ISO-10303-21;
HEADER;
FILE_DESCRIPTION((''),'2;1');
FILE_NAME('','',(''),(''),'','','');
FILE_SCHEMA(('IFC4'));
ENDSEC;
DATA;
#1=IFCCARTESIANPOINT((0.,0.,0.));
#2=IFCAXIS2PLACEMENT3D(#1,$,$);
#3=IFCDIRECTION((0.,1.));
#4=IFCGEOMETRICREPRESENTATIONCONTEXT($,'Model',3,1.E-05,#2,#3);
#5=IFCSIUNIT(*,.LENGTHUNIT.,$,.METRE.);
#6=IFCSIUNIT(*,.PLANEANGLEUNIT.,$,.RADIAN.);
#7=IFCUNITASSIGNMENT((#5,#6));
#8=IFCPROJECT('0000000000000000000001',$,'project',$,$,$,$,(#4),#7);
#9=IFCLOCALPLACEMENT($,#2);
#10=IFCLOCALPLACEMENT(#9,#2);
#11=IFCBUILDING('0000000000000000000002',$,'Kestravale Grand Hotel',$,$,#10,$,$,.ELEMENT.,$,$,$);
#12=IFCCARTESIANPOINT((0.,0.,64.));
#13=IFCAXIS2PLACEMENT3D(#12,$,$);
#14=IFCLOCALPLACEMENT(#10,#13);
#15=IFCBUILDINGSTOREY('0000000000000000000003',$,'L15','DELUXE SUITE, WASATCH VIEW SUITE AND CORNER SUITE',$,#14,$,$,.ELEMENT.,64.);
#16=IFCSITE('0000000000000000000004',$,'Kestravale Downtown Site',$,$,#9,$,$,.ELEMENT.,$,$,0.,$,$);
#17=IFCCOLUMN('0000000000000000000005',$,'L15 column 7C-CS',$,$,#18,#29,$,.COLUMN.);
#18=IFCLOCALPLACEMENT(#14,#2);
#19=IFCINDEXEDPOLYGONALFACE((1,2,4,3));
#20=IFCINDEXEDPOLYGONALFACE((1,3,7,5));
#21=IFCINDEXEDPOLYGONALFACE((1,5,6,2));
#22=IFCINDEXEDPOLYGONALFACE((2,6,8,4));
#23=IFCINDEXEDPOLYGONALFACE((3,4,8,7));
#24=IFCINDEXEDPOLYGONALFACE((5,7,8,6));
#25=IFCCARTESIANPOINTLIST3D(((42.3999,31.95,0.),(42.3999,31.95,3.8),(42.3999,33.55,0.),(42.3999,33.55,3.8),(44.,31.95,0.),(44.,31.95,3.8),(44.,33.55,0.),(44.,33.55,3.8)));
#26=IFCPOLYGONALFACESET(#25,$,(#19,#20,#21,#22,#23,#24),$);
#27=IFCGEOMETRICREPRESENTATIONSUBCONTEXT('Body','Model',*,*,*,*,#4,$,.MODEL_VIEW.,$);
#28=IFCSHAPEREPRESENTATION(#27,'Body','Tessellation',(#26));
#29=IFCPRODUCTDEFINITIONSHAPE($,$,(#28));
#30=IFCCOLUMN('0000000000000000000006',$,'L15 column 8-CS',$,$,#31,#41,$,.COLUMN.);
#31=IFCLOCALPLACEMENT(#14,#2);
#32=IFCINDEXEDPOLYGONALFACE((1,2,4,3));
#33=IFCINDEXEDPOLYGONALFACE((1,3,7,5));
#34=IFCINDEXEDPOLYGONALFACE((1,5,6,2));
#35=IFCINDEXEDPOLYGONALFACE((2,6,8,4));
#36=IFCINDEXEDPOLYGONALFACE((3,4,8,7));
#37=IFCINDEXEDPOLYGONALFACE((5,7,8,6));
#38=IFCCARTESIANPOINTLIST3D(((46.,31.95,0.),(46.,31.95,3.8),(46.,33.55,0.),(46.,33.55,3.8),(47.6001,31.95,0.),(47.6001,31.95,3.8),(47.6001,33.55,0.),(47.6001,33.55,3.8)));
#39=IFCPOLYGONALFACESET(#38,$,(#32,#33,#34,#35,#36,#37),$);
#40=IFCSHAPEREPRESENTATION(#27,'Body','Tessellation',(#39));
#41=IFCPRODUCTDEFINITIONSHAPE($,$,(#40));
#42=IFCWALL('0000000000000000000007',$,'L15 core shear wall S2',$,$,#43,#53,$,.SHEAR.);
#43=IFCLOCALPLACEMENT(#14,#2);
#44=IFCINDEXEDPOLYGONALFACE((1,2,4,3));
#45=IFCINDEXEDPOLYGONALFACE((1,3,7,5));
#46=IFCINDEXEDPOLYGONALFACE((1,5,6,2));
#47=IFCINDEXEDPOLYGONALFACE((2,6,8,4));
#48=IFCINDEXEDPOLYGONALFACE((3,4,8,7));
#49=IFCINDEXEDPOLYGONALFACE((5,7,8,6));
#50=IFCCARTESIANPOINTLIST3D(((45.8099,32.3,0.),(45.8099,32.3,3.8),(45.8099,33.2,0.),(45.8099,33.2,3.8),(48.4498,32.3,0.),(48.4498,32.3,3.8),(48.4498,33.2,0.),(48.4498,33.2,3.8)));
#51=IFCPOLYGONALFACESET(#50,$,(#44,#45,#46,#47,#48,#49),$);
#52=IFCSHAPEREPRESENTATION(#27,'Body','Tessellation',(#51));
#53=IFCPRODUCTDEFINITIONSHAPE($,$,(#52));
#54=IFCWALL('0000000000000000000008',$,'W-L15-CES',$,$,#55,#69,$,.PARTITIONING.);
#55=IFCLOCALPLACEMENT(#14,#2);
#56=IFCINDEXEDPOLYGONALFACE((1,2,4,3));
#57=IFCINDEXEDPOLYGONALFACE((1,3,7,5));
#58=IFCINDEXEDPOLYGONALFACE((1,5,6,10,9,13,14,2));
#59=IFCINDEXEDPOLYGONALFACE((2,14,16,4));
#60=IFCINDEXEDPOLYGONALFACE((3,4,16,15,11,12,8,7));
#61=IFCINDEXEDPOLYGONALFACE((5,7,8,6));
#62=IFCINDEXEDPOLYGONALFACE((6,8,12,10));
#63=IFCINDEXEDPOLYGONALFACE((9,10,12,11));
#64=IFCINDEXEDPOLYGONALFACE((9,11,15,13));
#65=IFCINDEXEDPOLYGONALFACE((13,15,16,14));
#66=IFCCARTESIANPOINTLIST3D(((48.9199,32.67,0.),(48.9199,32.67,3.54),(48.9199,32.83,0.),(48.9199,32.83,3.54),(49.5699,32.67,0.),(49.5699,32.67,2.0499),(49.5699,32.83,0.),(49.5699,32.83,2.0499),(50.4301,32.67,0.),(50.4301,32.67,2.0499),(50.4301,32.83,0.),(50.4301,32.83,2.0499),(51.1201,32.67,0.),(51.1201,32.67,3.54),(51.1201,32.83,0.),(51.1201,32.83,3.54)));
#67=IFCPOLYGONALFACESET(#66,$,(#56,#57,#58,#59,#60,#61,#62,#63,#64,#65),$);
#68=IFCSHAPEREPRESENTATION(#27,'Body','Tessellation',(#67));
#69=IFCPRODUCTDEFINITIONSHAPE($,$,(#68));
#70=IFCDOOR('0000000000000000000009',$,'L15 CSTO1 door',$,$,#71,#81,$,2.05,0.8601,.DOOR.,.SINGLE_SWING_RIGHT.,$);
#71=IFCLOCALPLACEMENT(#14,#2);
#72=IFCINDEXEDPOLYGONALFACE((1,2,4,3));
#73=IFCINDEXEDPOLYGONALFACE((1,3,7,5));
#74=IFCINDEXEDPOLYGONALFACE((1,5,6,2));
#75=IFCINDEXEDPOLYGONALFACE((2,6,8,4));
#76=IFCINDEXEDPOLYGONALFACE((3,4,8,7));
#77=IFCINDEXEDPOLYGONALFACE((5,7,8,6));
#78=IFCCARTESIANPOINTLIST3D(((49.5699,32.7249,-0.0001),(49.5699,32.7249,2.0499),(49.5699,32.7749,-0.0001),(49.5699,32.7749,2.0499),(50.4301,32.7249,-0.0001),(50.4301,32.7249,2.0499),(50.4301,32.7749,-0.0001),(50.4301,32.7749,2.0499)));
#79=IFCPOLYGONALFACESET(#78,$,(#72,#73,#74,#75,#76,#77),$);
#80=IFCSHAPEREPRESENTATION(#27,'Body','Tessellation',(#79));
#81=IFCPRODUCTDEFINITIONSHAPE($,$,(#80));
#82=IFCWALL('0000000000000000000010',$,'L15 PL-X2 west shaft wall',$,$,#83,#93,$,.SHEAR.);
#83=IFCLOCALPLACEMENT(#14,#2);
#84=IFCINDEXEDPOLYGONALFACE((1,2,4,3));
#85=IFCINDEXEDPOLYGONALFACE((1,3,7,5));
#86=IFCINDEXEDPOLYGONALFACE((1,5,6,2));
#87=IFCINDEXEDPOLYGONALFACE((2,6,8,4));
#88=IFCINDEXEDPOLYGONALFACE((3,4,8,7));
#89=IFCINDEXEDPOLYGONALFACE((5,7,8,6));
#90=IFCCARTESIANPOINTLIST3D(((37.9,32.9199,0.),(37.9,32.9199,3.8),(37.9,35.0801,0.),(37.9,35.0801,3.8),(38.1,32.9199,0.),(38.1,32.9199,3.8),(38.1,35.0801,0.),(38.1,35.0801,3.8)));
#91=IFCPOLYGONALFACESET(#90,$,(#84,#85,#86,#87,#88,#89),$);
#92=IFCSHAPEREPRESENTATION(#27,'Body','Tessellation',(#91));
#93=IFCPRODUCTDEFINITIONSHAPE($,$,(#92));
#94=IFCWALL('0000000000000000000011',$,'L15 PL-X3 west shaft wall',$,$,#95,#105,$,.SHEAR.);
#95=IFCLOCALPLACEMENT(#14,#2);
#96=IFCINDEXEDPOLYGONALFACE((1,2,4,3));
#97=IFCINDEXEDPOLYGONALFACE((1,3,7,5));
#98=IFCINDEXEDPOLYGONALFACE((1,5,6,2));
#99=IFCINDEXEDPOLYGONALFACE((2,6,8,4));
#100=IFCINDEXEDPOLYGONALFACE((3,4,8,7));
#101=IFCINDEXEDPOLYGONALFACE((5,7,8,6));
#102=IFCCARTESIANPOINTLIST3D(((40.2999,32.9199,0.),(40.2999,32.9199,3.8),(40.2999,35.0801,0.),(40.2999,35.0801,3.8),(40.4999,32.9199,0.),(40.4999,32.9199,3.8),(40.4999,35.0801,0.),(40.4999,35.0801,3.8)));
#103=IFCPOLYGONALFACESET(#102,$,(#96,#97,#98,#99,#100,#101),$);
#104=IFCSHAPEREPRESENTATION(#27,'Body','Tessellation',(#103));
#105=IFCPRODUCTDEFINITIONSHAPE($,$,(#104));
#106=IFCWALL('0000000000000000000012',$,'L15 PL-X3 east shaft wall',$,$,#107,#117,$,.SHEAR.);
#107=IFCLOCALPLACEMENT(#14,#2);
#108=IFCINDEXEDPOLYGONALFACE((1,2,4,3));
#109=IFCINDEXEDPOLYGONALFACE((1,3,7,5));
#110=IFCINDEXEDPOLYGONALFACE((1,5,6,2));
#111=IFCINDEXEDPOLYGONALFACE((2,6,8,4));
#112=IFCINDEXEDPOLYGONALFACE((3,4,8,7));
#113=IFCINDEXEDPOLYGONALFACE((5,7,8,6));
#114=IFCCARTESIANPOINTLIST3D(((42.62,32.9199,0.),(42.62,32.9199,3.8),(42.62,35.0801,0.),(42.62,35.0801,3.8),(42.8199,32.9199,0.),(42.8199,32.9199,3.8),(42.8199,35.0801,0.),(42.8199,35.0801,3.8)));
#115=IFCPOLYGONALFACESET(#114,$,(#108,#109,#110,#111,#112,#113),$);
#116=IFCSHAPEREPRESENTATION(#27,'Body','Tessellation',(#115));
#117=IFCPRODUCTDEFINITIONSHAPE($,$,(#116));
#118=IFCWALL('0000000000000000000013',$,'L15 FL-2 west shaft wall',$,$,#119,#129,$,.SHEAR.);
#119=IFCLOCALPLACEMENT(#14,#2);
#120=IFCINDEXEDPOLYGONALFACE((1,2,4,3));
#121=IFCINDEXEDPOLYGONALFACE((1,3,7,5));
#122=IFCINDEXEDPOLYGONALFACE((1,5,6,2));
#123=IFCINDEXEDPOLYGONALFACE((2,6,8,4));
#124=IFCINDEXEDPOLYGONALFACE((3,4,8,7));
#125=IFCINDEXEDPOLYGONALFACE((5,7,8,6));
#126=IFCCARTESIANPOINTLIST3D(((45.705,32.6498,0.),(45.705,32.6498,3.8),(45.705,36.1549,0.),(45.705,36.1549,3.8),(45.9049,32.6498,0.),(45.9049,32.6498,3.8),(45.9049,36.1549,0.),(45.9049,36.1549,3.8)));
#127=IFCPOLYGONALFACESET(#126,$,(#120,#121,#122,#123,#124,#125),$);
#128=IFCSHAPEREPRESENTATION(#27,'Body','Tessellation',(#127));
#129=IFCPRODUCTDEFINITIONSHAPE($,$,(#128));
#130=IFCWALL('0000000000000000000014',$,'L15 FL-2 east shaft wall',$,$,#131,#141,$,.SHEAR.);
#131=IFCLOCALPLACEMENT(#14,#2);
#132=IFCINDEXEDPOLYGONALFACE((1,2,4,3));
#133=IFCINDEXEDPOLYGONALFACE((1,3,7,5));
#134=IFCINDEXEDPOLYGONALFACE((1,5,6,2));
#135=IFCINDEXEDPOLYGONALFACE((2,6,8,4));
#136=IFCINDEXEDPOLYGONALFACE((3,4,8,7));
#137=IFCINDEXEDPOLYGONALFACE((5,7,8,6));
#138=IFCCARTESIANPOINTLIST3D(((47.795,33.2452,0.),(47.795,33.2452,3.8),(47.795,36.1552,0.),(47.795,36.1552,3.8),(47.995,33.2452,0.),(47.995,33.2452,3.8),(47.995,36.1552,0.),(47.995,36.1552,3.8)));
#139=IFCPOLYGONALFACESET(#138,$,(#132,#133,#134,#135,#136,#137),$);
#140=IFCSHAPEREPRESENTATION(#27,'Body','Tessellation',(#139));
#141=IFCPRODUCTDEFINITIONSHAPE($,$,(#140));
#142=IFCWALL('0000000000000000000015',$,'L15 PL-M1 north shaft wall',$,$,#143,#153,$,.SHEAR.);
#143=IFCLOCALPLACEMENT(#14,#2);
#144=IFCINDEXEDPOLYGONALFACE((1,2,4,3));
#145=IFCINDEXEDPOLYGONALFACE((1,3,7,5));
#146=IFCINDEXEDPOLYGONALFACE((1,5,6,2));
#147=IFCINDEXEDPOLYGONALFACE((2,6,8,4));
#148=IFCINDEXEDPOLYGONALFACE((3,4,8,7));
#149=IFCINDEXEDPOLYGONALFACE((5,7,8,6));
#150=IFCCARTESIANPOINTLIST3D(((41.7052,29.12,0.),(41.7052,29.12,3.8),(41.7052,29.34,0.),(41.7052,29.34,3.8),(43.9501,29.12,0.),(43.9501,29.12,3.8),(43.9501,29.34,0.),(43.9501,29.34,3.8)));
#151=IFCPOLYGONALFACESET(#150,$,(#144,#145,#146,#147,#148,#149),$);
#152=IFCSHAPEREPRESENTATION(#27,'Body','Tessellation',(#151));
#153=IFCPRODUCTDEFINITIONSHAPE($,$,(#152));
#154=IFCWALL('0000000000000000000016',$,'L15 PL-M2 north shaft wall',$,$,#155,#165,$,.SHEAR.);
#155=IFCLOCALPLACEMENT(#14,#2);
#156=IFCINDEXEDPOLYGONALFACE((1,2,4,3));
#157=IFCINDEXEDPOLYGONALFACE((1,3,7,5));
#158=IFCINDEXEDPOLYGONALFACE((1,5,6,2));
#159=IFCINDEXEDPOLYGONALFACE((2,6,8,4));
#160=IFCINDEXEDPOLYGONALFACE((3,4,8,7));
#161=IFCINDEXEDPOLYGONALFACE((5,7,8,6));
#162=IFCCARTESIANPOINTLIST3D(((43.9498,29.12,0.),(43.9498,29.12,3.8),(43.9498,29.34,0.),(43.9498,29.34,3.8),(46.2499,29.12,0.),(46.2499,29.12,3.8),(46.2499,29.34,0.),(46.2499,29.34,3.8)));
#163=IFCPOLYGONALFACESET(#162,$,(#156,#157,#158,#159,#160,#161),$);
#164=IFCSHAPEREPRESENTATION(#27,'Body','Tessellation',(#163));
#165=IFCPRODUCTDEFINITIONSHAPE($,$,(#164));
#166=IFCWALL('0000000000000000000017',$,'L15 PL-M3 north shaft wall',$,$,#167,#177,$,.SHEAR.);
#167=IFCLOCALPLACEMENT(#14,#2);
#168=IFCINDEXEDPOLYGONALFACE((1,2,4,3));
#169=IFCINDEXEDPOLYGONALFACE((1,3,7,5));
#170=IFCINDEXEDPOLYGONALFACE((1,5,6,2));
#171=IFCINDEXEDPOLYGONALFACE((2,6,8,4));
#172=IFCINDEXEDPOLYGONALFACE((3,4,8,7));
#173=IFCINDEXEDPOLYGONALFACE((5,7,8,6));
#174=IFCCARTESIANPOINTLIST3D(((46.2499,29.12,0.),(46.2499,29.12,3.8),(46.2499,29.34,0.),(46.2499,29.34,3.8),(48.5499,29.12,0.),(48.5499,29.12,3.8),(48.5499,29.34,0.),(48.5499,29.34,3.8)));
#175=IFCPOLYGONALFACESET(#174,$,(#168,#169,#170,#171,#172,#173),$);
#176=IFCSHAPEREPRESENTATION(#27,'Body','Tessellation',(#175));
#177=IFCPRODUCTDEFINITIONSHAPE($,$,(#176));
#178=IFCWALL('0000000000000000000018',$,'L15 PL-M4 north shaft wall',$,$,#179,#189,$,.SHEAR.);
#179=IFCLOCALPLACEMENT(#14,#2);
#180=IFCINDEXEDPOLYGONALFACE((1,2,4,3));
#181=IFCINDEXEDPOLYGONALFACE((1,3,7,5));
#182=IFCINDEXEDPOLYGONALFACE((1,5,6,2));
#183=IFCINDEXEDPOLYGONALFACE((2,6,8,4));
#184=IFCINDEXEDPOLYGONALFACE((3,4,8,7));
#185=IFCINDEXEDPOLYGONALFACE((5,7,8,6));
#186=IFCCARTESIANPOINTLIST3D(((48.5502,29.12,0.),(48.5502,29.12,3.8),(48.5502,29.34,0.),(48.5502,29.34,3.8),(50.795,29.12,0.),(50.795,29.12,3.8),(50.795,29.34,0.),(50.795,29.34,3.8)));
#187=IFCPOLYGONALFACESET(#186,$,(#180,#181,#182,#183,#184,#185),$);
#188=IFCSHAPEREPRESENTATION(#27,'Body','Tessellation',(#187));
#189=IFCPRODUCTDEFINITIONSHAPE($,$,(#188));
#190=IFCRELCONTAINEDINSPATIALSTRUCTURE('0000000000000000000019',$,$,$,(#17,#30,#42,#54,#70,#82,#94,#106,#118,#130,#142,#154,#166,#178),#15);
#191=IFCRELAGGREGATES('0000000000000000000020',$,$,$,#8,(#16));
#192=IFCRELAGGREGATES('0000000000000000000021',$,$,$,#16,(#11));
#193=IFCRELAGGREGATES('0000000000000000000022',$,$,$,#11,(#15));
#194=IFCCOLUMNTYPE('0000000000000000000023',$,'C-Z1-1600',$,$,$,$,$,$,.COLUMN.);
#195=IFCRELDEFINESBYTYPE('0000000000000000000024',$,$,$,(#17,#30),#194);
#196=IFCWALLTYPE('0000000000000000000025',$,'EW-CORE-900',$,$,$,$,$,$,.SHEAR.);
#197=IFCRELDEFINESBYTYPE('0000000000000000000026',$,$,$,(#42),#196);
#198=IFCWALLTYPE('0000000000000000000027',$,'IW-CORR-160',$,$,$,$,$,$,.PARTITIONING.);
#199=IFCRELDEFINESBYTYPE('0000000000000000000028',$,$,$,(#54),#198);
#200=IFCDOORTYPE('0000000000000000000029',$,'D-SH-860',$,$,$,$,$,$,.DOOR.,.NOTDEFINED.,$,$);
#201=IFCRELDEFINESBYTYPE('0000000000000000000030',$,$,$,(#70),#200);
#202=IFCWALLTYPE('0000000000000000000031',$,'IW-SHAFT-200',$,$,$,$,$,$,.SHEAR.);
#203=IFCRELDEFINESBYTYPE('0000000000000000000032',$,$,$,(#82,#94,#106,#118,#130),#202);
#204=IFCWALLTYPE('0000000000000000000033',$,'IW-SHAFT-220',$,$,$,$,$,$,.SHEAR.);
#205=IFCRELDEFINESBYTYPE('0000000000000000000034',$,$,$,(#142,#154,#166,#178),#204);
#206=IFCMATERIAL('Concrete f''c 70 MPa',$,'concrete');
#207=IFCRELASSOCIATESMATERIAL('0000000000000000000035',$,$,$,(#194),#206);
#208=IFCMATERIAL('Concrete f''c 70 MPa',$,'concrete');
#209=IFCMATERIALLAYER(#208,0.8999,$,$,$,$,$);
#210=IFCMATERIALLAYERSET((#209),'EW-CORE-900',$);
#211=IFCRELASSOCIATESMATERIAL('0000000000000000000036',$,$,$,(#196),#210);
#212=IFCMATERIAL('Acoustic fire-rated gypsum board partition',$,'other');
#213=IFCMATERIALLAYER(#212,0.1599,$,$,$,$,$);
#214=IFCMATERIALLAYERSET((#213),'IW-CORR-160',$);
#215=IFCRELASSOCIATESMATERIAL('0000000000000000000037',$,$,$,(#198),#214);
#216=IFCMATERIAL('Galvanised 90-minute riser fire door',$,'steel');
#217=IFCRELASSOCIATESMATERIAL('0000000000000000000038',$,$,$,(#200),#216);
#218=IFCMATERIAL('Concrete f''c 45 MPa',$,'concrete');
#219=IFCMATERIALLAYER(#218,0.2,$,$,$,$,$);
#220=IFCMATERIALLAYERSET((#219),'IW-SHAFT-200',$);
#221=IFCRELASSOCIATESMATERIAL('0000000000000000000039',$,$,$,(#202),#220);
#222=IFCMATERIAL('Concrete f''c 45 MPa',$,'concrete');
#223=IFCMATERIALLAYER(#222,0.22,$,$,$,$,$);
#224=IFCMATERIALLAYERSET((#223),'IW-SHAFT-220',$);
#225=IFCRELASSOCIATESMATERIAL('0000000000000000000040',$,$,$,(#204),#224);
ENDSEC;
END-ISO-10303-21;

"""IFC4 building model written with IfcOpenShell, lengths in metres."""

from ifc_helpers import new_model, si_unit, direction, frame, frame_2d, origin, origin_2d, place, context, subcontext, project, spatial, rectangle, extrude, material, layer, layer_set, material_profile, profile_set, type_object, element, fill, save


model = new_model("IFC4")

# Units and contexts
model_context = context("Model", 3, precision=1e-05, world=origin(), true_north=direction((0.0, 1.0)))
body_context = subcontext(model_context, "Body", "Model", "MODEL_VIEW")
ifc_project = project(units=[si_unit("LENGTHUNIT", "METRE"), si_unit("PLANEANGLEUNIT", "RADIAN")], contexts=[model_context])

# Site, building, storey
site_placement = place(None, origin())
site = spatial("IfcSite", under=ifc_project, at=site_placement, Name="Kestravale Downtown Site", CompositionType="ELEMENT", RefElevation=0.0)
building_placement = place(site_placement, origin())
building = spatial("IfcBuilding", under=site, at=building_placement, Name="Kestravale Grand Hotel", CompositionType="ELEMENT")
storey_placement = place(building_placement, frame((0.0, 0.0, 64.0)))
storey = spatial("IfcBuildingStorey", under=building, at=storey_placement, Name="L15", Description="DELUXE SUITE, WASATCH VIEW SUITE AND CORNER SUITE", CompositionType="ELEMENT", Elevation=64.0)

# Columns
ifc_material_1 = material(Name="Concrete f'c 70 MPa", Category="concrete")
ifc_material_profile = material_profile(ifc_material_1, rectangle(XDim=1.6001, YDim=1.6001, at=origin_2d()))
ifc_profile_set = profile_set([ifc_material_profile], Name="Concrete f'c 70 MPa")
column_type = type_object("IfcColumnType", Name="C-Z1-1600", PredefinedType="COLUMN", material=ifc_profile_set)
for number, where, z_axis, x_axis, name in (
    (1, (43.2, 32.75, 0.0), (0.0, 0.0, 1.0), (1.0, 0.0, 0.0), "L15 column 7C-CS"),
    (2, (46.8, 32.75, 0.0), (0.0, 0.0, 1.0), (1.0, 0.0, 0.0), "L15 column 8-CS"),
):
    element("IfcColumn", number, at=place(storey_placement, frame(where, z_axis=z_axis, x_axis=x_axis)), inside=storey, type_object=column_type, Name=name, PredefinedType="COLUMN", context=body_context, shape_type="SweptSolid", body=[
        extrude(rectangle(XDim=1.6001, YDim=1.6001, at=origin_2d()), origin(), (0.0, 0.0, 1.0), 3.8),
    ])

# Wall
ifc_material_2 = material(Name="Concrete f'c 70 MPa", Category="concrete")
ifc_layer_1 = layer(ifc_material_2, 0.8999)
ifc_layer_set_1 = layer_set([ifc_layer_1], Name="EW-CORE-900")
wall_type_1 = type_object("IfcWallType", Name="EW-CORE-900", PredefinedType="SHEAR", material=ifc_layer_set_1)
wall_1_placement = place(storey_placement, frame((45.8101, 32.75, 0.0), z_axis=(0.0, 0.0, 1.0), x_axis=(1.0, 0.0, 0.0)))
element("IfcWall", 3, at=wall_1_placement, inside=storey, type_object=wall_type_1, Name="L15 core shear wall S2", PredefinedType="SHEAR", context=body_context, shape_type="SweptSolid", body=[
    extrude(rectangle(XDim=2.6399, YDim=0.8999, at=frame_2d((1.3198, 0.0))), origin(), (0.0, 0.0, 1.0), 3.8),
])

# Wall, opening, door
ifc_material_3 = material(Name="Acoustic fire-rated gypsum board partition", Category="other")
ifc_layer_2 = layer(ifc_material_3, 0.1599)
ifc_layer_set_2 = layer_set([ifc_layer_2], Name="IW-CORR-160")
wall_type_2 = type_object("IfcWallType", Name="IW-CORR-160", PredefinedType="PARTITIONING", material=ifc_layer_set_2)
wall_2_placement = place(storey_placement, frame((48.9199, 32.75, 0.0), z_axis=(0.0, 0.0, 1.0), x_axis=(1.0, 0.0, 0.0)))
wall_2 = element("IfcWall", 4, at=wall_2_placement, inside=storey, type_object=wall_type_2, Name="W-L15-CES", PredefinedType="PARTITIONING", context=body_context, shape_type="SweptSolid", body=[
    extrude(rectangle(XDim=2.2002, YDim=0.1599, at=frame_2d((1.1001, 0.0))), origin(), (0.0, 0.0, 1.0), 3.54),
])
opening_1_placement = place(wall_2_placement, frame((0.6499, 0.0, 0.0)))
opening_1 = element("IfcOpeningElement", 5, at=opening_1_placement, cuts=wall_2, PredefinedType="OPENING", context=body_context, shape_type="SweptSolid", body=[
    extrude(rectangle(XDim=0.8601, YDim=2.05, at=frame_2d((0.4302, 1.0249))), frame((0.0, 0.0898, 0.0), z_axis=(0.0, -1.0, 0.0), x_axis=(1.0, 0.0, 0.0)), (0.0, 0.0, 1.0), 0.1799),
])
ifc_material_4 = material(Name="Galvanised 90-minute riser fire door", Category="steel")
door_type_1 = type_object("IfcDoorType", Name="D-SH-860", OperationType="NOTDEFINED", PredefinedType="DOOR", material=ifc_material_4)
door_1_placement = place(opening_1_placement, origin())
door_1 = element("IfcDoor", 6, at=door_1_placement, inside=storey, type_object=door_type_1, Name="L15 CSTO1 door", OperationType="SINGLE_SWING_RIGHT", OverallHeight=2.05, OverallWidth=0.8601, PredefinedType="DOOR", context=body_context, shape_type="SweptSolid", body=[
    extrude(rectangle(XDim=0.8601, YDim=2.05, at=frame_2d((0.4302, 1.0249))), frame((0.0, 0.0249, 0.0), z_axis=(0.0, -1.0, 0.0), x_axis=(1.0, 0.0, 0.0)), (0.0, 0.0, 1.0), 0.05),
])
fill(opening_1, door_1)

# Walls
ifc_material_5 = material(Name="Concrete f'c 45 MPa", Category="concrete")
ifc_layer_3 = layer(ifc_material_5, 0.2)
ifc_layer_set_3 = layer_set([ifc_layer_3], Name="IW-SHAFT-200")
wall_type_3 = type_object("IfcWallType", Name="IW-SHAFT-200", PredefinedType="SHEAR", material=ifc_layer_set_3)
for number, where, z_axis, x_axis, name in (
    (7, (38.0, 32.9199, 0.0), (0.0, 0.0, 1.0), (0.0, 1.0, 0.0), "L15 PL-X2 west shaft wall"),
    (8, (40.3999, 32.9199, 0.0), (0.0, 0.0, 1.0), (0.0, 1.0, 0.0), "L15 PL-X3 west shaft wall"),
    (9, (42.72, 32.9199, 0.0), (0.0, 0.0, 1.0), (0.0, 1.0, 0.0), "L15 PL-X3 east shaft wall"),
):
    element("IfcWall", number, at=place(storey_placement, frame(where, z_axis=z_axis, x_axis=x_axis)), inside=storey, type_object=wall_type_3, Name=name, PredefinedType="SHEAR", context=body_context, shape_type="SweptSolid", body=[
        extrude(rectangle(XDim=2.1602, YDim=0.2, at=frame_2d((1.0801, 0.0))), origin(), (0.0, 0.0, 1.0), 3.8),
    ])
wall_3_placement = place(storey_placement, frame((45.8049, 32.6499, 0.0), z_axis=(0.0, 0.0, 1.0), x_axis=(0.0, 1.0, 0.0)))
element("IfcWall", 10, at=wall_3_placement, inside=storey, type_object=wall_type_3, Name="L15 FL-2 west shaft wall", PredefinedType="SHEAR", context=body_context, shape_type="SweptSolid", body=[
    extrude(rectangle(XDim=3.5051, YDim=0.2, at=frame_2d((1.7524, 0.0))), origin(), (0.0, 0.0, 1.0), 3.8),
])
wall_4_placement = place(storey_placement, frame((47.895, 33.2451, 0.0), z_axis=(0.0, 0.0, 1.0), x_axis=(0.0, 1.0, 0.0)))
element("IfcWall", 11, at=wall_4_placement, inside=storey, type_object=wall_type_3, Name="L15 FL-2 east shaft wall", PredefinedType="SHEAR", context=body_context, shape_type="SweptSolid", body=[
    extrude(rectangle(XDim=2.9099, YDim=0.2, at=frame_2d((1.4551, 0.0))), origin(), (0.0, 0.0, 1.0), 3.8),
])
ifc_material_6 = material(Name="Concrete f'c 45 MPa", Category="concrete")
ifc_layer_4 = layer(ifc_material_6, 0.22)
ifc_layer_set_4 = layer_set([ifc_layer_4], Name="IW-SHAFT-220")
wall_type_4 = type_object("IfcWallType", Name="IW-SHAFT-220", PredefinedType="SHEAR", material=ifc_layer_set_4)
wall_5_placement = place(storey_placement, frame((41.7051, 29.23, 0.0), z_axis=(0.0, 0.0, 1.0), x_axis=(1.0, 0.0, 0.0)))
element("IfcWall", 12, at=wall_5_placement, inside=storey, type_object=wall_type_4, Name="L15 PL-M1 north shaft wall", PredefinedType="SHEAR", context=body_context, shape_type="SweptSolid", body=[
    extrude(rectangle(XDim=2.2449, YDim=0.22, at=frame_2d((1.1226, 0.0))), origin(), (0.0, 0.0, 1.0), 3.8),
])
for number, where, z_axis, x_axis, name in (
    (13, (43.95, 29.23, 0.0), (0.0, 0.0, 1.0), (1.0, 0.0, 0.0), "L15 PL-M2 north shaft wall"),
    (14, (46.25, 29.23, 0.0), (0.0, 0.0, 1.0), (1.0, 0.0, 0.0), "L15 PL-M3 north shaft wall"),
):
    element("IfcWall", number, at=place(storey_placement, frame(where, z_axis=z_axis, x_axis=x_axis)), inside=storey, type_object=wall_type_4, Name=name, PredefinedType="SHEAR", context=body_context, shape_type="SweptSolid", body=[
        extrude(rectangle(XDim=2.3, YDim=0.22, at=frame_2d((1.1499, 0.0))), origin(), (0.0, 0.0, 1.0), 3.8),
    ])
wall_6_placement = place(storey_placement, frame((48.55, 29.23, 0.0), z_axis=(0.0, 0.0, 1.0), x_axis=(1.0, 0.0, 0.0)))
element("IfcWall", 15, at=wall_6_placement, inside=storey, type_object=wall_type_4, Name="L15 PL-M4 north shaft wall", PredefinedType="SHEAR", context=body_context, shape_type="SweptSolid", body=[
    extrude(rectangle(XDim=2.2449, YDim=0.22, at=frame_2d((1.1226, 0.0))), origin(), (0.0, 0.0, 1.0), 3.8),
])

save(model, "model.ifc")
